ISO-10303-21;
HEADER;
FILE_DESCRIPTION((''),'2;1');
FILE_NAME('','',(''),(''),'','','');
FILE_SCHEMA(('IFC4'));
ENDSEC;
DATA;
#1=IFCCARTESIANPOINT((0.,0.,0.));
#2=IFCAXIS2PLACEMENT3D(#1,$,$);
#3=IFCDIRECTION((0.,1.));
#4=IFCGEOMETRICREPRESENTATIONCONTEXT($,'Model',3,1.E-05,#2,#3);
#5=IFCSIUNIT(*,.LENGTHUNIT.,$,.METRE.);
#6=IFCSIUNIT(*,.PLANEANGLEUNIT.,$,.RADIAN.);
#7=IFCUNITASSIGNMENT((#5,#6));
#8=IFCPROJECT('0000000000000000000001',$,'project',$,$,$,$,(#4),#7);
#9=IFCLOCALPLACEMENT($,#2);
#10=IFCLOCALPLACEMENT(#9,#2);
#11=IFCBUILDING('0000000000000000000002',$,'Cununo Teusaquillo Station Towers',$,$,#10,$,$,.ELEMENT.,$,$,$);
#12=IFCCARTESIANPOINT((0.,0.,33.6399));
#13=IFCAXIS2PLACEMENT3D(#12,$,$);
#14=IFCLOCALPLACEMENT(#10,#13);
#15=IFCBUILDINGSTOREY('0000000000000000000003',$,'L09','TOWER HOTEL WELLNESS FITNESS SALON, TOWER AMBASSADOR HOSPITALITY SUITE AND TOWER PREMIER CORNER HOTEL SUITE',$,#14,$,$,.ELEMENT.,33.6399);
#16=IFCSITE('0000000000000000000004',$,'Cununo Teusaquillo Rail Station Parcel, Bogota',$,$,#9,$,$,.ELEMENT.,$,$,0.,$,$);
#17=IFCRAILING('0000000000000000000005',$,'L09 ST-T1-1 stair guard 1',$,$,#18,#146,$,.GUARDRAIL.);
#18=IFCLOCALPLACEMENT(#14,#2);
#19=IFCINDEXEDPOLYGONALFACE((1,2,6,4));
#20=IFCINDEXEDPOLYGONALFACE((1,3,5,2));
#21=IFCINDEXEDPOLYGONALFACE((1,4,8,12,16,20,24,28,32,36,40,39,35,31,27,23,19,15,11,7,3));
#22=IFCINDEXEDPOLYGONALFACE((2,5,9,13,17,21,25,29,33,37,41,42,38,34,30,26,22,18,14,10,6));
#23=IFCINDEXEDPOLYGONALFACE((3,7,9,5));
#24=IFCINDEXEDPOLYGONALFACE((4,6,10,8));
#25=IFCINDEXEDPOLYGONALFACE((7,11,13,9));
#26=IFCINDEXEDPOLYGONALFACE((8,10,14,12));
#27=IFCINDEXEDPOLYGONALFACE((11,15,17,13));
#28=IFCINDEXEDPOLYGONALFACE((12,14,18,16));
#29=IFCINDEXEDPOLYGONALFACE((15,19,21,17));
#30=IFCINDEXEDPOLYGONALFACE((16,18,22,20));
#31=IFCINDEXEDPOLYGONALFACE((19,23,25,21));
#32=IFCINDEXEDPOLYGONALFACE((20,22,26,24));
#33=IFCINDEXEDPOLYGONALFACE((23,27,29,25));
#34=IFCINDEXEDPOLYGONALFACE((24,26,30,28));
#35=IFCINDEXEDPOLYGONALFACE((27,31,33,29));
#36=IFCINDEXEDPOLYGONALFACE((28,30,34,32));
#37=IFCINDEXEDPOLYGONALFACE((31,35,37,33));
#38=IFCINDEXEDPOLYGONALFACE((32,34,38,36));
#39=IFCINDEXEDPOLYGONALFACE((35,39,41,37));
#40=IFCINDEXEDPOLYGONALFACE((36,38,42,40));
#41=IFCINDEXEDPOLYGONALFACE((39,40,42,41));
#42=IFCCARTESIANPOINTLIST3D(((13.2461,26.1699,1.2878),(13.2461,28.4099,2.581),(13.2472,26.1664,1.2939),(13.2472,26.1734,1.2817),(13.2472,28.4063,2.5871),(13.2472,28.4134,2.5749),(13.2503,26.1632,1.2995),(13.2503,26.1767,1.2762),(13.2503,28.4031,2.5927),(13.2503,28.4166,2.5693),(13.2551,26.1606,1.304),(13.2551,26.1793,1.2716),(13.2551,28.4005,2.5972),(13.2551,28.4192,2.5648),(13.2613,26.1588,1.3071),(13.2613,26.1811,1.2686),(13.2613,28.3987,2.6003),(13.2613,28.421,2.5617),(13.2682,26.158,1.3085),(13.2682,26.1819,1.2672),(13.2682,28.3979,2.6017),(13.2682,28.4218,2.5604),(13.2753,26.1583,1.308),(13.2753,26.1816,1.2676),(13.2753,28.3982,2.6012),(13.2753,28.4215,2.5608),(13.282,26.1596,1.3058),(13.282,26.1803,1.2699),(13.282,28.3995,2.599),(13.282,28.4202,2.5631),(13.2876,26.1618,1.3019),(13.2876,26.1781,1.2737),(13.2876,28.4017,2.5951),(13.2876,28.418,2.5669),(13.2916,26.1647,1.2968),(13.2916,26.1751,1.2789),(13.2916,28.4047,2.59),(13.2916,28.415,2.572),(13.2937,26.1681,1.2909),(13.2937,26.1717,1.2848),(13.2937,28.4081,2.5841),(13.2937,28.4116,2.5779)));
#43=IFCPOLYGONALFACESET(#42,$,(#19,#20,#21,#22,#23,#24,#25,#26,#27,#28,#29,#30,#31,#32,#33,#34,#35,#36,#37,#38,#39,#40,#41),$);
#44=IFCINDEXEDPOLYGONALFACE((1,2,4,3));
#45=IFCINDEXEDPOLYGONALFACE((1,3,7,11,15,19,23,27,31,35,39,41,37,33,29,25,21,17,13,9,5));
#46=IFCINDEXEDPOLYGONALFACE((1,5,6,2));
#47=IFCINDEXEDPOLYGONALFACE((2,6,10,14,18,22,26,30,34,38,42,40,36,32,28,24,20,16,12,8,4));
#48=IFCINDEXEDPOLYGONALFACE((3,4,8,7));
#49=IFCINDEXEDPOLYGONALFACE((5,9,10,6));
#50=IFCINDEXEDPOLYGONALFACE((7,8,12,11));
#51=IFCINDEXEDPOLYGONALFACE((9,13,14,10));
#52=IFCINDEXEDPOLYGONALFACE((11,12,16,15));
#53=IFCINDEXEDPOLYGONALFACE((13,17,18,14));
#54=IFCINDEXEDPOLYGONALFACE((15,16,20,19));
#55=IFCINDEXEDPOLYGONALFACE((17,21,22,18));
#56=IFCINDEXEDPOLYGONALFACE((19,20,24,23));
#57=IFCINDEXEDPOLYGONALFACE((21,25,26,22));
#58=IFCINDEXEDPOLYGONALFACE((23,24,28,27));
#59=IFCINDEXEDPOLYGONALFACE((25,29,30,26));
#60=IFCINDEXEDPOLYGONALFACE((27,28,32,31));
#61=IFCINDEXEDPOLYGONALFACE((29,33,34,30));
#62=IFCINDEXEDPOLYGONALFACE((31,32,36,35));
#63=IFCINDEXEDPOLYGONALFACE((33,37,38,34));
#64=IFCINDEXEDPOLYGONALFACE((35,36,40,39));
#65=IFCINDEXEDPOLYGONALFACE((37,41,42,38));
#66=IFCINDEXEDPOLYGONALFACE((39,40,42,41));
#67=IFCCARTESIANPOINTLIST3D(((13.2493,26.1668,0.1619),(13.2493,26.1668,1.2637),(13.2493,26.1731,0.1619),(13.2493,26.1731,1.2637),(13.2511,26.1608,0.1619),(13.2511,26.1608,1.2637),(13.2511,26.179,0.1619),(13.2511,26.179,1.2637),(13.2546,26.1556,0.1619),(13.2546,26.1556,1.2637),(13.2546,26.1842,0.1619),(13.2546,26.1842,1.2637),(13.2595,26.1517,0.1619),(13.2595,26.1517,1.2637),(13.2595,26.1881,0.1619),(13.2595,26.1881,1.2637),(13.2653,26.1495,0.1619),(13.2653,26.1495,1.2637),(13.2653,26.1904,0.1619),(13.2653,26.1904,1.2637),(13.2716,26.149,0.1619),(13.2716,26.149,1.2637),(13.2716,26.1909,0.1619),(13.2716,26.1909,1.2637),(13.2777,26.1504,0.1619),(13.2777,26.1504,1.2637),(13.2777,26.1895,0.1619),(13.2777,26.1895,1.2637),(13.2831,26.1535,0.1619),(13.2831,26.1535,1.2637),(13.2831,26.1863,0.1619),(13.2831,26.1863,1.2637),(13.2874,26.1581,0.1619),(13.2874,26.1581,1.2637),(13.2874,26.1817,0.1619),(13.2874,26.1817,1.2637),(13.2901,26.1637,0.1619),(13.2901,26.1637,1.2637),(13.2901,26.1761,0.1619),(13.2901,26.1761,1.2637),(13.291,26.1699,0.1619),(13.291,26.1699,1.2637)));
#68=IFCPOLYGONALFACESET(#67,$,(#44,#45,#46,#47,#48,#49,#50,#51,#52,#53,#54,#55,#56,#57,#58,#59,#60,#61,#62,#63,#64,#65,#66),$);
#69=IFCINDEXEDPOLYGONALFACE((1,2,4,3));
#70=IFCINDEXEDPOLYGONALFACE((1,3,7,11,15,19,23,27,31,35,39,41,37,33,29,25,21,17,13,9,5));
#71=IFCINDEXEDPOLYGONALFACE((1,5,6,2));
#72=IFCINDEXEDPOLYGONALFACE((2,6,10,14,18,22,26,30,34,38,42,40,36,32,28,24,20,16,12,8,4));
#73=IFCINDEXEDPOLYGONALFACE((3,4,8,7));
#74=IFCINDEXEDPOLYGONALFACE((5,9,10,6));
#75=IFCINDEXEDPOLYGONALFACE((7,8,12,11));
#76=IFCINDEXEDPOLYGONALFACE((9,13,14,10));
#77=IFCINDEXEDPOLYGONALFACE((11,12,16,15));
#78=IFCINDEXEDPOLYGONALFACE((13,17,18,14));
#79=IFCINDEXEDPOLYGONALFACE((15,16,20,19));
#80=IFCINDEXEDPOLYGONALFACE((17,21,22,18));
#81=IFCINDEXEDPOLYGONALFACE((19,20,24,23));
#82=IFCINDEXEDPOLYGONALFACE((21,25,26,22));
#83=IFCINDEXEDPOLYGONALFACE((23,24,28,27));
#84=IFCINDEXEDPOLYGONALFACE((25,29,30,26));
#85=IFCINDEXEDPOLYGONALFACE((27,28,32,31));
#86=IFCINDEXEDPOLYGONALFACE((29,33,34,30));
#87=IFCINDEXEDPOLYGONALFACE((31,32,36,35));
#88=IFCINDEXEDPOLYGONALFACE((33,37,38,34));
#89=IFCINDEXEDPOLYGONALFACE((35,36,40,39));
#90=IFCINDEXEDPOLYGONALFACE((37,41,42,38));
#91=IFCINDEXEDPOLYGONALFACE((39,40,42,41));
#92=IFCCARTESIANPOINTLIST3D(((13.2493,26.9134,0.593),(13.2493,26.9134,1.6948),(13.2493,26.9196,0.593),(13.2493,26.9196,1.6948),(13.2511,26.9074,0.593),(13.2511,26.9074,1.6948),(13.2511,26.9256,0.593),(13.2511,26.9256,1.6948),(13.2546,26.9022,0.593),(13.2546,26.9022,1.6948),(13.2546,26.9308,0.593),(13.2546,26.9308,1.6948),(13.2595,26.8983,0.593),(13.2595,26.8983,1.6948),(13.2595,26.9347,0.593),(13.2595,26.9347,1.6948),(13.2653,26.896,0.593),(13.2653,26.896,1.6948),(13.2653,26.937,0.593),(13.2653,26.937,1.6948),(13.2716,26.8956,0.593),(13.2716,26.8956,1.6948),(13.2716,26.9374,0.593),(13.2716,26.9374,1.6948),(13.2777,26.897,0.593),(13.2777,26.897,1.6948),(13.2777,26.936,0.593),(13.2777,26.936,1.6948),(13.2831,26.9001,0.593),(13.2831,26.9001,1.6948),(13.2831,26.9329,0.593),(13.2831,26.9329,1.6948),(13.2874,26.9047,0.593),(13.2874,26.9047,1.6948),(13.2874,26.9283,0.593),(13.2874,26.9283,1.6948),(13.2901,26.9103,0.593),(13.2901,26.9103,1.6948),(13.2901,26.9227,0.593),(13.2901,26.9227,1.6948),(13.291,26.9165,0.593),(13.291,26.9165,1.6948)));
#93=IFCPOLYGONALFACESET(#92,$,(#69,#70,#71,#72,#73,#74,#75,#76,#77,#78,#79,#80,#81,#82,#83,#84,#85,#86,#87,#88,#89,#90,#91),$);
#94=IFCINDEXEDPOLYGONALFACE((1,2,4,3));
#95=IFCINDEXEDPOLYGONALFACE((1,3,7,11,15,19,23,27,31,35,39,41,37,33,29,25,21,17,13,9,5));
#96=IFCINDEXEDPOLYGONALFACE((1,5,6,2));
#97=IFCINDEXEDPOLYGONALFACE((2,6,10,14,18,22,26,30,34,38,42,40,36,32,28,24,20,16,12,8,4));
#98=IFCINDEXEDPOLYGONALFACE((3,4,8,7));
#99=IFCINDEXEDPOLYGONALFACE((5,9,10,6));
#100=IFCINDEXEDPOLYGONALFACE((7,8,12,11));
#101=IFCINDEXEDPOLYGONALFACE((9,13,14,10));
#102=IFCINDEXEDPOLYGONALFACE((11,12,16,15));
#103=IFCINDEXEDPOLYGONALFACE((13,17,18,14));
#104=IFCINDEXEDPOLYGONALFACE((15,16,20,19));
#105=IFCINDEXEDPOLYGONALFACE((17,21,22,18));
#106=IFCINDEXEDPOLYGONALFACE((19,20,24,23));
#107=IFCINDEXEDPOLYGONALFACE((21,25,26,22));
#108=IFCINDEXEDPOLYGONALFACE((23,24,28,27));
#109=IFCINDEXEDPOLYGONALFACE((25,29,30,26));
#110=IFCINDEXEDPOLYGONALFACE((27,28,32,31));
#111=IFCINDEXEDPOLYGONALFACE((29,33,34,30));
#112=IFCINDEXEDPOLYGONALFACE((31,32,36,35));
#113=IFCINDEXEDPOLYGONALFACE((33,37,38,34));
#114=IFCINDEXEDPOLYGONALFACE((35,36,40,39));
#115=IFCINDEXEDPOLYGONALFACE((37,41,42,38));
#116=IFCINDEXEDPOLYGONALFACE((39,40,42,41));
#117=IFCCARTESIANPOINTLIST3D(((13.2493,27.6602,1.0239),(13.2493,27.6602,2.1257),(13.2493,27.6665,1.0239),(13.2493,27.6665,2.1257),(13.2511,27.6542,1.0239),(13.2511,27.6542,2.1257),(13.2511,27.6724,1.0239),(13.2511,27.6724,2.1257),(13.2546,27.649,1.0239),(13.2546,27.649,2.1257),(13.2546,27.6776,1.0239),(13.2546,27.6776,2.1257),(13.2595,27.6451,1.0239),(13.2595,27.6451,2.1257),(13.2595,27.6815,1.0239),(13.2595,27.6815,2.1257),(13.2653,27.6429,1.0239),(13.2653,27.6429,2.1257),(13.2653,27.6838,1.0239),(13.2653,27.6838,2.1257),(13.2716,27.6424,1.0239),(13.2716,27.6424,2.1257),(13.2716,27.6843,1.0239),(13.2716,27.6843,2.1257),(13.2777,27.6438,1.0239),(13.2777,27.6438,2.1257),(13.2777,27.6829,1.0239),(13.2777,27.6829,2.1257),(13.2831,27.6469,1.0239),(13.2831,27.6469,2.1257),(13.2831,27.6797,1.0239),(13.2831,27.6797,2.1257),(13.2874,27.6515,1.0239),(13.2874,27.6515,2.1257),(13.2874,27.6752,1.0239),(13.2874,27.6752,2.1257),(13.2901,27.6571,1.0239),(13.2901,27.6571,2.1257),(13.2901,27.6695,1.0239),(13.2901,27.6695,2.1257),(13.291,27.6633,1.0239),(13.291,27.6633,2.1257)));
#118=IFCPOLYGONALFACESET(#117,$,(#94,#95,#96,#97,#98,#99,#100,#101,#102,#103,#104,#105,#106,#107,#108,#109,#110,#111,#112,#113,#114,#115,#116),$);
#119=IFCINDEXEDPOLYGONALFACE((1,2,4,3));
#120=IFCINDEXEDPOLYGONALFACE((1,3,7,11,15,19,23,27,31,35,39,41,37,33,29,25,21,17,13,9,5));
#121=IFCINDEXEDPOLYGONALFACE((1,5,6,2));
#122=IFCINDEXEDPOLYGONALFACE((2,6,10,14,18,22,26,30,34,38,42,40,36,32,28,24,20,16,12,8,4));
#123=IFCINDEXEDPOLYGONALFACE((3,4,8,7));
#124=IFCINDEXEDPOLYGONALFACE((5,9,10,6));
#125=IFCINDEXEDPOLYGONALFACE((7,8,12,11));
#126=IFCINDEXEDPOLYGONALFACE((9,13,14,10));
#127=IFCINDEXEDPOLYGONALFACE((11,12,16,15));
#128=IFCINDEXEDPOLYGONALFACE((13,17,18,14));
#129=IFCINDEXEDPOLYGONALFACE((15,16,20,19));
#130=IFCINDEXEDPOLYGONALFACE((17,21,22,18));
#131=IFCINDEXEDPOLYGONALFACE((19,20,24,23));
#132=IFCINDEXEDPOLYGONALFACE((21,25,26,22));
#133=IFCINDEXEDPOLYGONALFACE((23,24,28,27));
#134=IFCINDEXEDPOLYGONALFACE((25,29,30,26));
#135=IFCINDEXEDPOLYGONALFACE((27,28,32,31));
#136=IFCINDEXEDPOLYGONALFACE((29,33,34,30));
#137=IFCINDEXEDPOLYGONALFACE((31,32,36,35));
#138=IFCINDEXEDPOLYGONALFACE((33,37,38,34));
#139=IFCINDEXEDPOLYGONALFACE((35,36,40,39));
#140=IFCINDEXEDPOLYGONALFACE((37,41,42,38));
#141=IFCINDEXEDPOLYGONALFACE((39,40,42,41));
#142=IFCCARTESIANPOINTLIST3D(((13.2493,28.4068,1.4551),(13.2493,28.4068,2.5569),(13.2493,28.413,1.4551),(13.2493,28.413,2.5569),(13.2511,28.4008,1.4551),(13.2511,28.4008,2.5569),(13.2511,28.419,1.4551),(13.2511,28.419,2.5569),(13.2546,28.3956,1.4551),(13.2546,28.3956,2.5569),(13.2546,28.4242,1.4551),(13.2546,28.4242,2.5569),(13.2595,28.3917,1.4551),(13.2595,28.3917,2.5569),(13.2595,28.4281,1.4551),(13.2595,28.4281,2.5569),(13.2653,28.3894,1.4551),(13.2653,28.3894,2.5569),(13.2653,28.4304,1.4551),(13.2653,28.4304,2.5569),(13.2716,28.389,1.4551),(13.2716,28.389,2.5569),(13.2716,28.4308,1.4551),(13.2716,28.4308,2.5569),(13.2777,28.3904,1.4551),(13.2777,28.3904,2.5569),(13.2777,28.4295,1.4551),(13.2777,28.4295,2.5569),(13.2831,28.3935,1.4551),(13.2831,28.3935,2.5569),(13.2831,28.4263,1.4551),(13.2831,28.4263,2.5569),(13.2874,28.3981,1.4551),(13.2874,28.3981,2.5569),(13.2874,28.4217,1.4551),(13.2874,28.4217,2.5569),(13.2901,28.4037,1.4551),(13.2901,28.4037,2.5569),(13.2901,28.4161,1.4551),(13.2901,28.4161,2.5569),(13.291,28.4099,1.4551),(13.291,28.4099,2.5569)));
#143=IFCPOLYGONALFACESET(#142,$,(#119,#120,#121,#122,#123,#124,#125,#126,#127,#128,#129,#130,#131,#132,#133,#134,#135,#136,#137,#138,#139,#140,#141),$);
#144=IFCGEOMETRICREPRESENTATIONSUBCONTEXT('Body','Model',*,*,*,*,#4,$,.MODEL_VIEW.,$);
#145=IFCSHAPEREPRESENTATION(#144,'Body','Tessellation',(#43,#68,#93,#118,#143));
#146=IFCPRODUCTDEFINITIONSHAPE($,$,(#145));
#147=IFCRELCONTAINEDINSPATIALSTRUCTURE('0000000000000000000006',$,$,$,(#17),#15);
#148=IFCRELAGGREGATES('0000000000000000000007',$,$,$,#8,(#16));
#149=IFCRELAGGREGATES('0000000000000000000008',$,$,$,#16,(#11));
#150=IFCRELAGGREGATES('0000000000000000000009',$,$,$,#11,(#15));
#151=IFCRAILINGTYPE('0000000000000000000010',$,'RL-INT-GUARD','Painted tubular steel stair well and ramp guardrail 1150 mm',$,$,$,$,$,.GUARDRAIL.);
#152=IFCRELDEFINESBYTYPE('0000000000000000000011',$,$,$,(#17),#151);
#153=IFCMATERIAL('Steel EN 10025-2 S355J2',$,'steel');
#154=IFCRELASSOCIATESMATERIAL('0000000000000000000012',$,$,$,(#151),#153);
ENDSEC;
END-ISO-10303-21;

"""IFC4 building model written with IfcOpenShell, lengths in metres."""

from ifc_helpers import new_model, si_unit, direction, frame, origin, origin_2d, place, context, subcontext, project, spatial, circle, extrude, material, type_object, element, save


model = new_model("IFC4")

# Units and contexts
model_context = context("Model", 3, precision=1e-05, world=origin(), true_north=direction((0.0, 1.0)))
body_context = subcontext(model_context, "Body", "Model", "MODEL_VIEW")
ifc_project = project(units=[si_unit("LENGTHUNIT", "METRE"), si_unit("PLANEANGLEUNIT", "RADIAN")], contexts=[model_context])

# Site, building, storey
site_placement = place(None, origin())
site = spatial("IfcSite", under=ifc_project, at=site_placement, Name="Cununo Teusaquillo Rail Station Parcel, Bogota", CompositionType="ELEMENT", RefElevation=0.0)
building_placement = place(site_placement, origin())
building = spatial("IfcBuilding", under=site, at=building_placement, Name="Cununo Teusaquillo Station Towers", CompositionType="ELEMENT")
storey_placement = place(building_placement, frame((0.0, 0.0, 33.6399)))
storey = spatial("IfcBuildingStorey", under=building, at=storey_placement, Name="L09", Description="TOWER HOTEL WELLNESS FITNESS SALON, TOWER AMBASSADOR HOSPITALITY SUITE AND TOWER PREMIER CORNER HOTEL SUITE", CompositionType="ELEMENT", Elevation=33.6399)

# Railing
ifc_material_1 = material(Name="Steel EN 10025-2 S355J2", Category="steel")
railing_type_1 = type_object("IfcRailingType", Name="RL-INT-GUARD", Description="Painted tubular steel stair well and ramp guardrail 1150 mm", PredefinedType="GUARDRAIL", material=ifc_material_1)
railing_1_placement = place(storey_placement, frame((13.27, 26.1699, 0.1619)))
element("IfcRailing", 1, at=railing_1_placement, inside=storey, type_object=railing_type_1, Name="L09 ST-T1-1 stair guard 1", PredefinedType="GUARDRAIL", context=body_context, shape_type="SweptSolid", body=[
    extrude(circle(Radius=0.0239, at=origin_2d()), frame((0.0, 0.0, 1.126), z_axis=(0.0, 0.866033, 0.499987), x_axis=(-1.0, 0.0, 0.0)), (0.0, 0.0, 1.0), 2.5864),
    extrude(circle(Radius=0.021, at=origin_2d()), origin(), (0.0, 0.0, 1.0), 1.1018),
    extrude(circle(Radius=0.021, at=origin_2d()), frame((0.0, 0.7466, 0.4312)), (0.0, 0.0, 1.0), 1.1018),
    extrude(circle(Radius=0.021, at=origin_2d()), frame((0.0, 1.4934, 0.8621)), (0.0, 0.0, 1.0), 1.1018),
    extrude(circle(Radius=0.021, at=origin_2d()), frame((0.0, 2.24, 1.2932)), (0.0, 0.0, 1.0), 1.1018),
])

save(model, "model.ifc")
